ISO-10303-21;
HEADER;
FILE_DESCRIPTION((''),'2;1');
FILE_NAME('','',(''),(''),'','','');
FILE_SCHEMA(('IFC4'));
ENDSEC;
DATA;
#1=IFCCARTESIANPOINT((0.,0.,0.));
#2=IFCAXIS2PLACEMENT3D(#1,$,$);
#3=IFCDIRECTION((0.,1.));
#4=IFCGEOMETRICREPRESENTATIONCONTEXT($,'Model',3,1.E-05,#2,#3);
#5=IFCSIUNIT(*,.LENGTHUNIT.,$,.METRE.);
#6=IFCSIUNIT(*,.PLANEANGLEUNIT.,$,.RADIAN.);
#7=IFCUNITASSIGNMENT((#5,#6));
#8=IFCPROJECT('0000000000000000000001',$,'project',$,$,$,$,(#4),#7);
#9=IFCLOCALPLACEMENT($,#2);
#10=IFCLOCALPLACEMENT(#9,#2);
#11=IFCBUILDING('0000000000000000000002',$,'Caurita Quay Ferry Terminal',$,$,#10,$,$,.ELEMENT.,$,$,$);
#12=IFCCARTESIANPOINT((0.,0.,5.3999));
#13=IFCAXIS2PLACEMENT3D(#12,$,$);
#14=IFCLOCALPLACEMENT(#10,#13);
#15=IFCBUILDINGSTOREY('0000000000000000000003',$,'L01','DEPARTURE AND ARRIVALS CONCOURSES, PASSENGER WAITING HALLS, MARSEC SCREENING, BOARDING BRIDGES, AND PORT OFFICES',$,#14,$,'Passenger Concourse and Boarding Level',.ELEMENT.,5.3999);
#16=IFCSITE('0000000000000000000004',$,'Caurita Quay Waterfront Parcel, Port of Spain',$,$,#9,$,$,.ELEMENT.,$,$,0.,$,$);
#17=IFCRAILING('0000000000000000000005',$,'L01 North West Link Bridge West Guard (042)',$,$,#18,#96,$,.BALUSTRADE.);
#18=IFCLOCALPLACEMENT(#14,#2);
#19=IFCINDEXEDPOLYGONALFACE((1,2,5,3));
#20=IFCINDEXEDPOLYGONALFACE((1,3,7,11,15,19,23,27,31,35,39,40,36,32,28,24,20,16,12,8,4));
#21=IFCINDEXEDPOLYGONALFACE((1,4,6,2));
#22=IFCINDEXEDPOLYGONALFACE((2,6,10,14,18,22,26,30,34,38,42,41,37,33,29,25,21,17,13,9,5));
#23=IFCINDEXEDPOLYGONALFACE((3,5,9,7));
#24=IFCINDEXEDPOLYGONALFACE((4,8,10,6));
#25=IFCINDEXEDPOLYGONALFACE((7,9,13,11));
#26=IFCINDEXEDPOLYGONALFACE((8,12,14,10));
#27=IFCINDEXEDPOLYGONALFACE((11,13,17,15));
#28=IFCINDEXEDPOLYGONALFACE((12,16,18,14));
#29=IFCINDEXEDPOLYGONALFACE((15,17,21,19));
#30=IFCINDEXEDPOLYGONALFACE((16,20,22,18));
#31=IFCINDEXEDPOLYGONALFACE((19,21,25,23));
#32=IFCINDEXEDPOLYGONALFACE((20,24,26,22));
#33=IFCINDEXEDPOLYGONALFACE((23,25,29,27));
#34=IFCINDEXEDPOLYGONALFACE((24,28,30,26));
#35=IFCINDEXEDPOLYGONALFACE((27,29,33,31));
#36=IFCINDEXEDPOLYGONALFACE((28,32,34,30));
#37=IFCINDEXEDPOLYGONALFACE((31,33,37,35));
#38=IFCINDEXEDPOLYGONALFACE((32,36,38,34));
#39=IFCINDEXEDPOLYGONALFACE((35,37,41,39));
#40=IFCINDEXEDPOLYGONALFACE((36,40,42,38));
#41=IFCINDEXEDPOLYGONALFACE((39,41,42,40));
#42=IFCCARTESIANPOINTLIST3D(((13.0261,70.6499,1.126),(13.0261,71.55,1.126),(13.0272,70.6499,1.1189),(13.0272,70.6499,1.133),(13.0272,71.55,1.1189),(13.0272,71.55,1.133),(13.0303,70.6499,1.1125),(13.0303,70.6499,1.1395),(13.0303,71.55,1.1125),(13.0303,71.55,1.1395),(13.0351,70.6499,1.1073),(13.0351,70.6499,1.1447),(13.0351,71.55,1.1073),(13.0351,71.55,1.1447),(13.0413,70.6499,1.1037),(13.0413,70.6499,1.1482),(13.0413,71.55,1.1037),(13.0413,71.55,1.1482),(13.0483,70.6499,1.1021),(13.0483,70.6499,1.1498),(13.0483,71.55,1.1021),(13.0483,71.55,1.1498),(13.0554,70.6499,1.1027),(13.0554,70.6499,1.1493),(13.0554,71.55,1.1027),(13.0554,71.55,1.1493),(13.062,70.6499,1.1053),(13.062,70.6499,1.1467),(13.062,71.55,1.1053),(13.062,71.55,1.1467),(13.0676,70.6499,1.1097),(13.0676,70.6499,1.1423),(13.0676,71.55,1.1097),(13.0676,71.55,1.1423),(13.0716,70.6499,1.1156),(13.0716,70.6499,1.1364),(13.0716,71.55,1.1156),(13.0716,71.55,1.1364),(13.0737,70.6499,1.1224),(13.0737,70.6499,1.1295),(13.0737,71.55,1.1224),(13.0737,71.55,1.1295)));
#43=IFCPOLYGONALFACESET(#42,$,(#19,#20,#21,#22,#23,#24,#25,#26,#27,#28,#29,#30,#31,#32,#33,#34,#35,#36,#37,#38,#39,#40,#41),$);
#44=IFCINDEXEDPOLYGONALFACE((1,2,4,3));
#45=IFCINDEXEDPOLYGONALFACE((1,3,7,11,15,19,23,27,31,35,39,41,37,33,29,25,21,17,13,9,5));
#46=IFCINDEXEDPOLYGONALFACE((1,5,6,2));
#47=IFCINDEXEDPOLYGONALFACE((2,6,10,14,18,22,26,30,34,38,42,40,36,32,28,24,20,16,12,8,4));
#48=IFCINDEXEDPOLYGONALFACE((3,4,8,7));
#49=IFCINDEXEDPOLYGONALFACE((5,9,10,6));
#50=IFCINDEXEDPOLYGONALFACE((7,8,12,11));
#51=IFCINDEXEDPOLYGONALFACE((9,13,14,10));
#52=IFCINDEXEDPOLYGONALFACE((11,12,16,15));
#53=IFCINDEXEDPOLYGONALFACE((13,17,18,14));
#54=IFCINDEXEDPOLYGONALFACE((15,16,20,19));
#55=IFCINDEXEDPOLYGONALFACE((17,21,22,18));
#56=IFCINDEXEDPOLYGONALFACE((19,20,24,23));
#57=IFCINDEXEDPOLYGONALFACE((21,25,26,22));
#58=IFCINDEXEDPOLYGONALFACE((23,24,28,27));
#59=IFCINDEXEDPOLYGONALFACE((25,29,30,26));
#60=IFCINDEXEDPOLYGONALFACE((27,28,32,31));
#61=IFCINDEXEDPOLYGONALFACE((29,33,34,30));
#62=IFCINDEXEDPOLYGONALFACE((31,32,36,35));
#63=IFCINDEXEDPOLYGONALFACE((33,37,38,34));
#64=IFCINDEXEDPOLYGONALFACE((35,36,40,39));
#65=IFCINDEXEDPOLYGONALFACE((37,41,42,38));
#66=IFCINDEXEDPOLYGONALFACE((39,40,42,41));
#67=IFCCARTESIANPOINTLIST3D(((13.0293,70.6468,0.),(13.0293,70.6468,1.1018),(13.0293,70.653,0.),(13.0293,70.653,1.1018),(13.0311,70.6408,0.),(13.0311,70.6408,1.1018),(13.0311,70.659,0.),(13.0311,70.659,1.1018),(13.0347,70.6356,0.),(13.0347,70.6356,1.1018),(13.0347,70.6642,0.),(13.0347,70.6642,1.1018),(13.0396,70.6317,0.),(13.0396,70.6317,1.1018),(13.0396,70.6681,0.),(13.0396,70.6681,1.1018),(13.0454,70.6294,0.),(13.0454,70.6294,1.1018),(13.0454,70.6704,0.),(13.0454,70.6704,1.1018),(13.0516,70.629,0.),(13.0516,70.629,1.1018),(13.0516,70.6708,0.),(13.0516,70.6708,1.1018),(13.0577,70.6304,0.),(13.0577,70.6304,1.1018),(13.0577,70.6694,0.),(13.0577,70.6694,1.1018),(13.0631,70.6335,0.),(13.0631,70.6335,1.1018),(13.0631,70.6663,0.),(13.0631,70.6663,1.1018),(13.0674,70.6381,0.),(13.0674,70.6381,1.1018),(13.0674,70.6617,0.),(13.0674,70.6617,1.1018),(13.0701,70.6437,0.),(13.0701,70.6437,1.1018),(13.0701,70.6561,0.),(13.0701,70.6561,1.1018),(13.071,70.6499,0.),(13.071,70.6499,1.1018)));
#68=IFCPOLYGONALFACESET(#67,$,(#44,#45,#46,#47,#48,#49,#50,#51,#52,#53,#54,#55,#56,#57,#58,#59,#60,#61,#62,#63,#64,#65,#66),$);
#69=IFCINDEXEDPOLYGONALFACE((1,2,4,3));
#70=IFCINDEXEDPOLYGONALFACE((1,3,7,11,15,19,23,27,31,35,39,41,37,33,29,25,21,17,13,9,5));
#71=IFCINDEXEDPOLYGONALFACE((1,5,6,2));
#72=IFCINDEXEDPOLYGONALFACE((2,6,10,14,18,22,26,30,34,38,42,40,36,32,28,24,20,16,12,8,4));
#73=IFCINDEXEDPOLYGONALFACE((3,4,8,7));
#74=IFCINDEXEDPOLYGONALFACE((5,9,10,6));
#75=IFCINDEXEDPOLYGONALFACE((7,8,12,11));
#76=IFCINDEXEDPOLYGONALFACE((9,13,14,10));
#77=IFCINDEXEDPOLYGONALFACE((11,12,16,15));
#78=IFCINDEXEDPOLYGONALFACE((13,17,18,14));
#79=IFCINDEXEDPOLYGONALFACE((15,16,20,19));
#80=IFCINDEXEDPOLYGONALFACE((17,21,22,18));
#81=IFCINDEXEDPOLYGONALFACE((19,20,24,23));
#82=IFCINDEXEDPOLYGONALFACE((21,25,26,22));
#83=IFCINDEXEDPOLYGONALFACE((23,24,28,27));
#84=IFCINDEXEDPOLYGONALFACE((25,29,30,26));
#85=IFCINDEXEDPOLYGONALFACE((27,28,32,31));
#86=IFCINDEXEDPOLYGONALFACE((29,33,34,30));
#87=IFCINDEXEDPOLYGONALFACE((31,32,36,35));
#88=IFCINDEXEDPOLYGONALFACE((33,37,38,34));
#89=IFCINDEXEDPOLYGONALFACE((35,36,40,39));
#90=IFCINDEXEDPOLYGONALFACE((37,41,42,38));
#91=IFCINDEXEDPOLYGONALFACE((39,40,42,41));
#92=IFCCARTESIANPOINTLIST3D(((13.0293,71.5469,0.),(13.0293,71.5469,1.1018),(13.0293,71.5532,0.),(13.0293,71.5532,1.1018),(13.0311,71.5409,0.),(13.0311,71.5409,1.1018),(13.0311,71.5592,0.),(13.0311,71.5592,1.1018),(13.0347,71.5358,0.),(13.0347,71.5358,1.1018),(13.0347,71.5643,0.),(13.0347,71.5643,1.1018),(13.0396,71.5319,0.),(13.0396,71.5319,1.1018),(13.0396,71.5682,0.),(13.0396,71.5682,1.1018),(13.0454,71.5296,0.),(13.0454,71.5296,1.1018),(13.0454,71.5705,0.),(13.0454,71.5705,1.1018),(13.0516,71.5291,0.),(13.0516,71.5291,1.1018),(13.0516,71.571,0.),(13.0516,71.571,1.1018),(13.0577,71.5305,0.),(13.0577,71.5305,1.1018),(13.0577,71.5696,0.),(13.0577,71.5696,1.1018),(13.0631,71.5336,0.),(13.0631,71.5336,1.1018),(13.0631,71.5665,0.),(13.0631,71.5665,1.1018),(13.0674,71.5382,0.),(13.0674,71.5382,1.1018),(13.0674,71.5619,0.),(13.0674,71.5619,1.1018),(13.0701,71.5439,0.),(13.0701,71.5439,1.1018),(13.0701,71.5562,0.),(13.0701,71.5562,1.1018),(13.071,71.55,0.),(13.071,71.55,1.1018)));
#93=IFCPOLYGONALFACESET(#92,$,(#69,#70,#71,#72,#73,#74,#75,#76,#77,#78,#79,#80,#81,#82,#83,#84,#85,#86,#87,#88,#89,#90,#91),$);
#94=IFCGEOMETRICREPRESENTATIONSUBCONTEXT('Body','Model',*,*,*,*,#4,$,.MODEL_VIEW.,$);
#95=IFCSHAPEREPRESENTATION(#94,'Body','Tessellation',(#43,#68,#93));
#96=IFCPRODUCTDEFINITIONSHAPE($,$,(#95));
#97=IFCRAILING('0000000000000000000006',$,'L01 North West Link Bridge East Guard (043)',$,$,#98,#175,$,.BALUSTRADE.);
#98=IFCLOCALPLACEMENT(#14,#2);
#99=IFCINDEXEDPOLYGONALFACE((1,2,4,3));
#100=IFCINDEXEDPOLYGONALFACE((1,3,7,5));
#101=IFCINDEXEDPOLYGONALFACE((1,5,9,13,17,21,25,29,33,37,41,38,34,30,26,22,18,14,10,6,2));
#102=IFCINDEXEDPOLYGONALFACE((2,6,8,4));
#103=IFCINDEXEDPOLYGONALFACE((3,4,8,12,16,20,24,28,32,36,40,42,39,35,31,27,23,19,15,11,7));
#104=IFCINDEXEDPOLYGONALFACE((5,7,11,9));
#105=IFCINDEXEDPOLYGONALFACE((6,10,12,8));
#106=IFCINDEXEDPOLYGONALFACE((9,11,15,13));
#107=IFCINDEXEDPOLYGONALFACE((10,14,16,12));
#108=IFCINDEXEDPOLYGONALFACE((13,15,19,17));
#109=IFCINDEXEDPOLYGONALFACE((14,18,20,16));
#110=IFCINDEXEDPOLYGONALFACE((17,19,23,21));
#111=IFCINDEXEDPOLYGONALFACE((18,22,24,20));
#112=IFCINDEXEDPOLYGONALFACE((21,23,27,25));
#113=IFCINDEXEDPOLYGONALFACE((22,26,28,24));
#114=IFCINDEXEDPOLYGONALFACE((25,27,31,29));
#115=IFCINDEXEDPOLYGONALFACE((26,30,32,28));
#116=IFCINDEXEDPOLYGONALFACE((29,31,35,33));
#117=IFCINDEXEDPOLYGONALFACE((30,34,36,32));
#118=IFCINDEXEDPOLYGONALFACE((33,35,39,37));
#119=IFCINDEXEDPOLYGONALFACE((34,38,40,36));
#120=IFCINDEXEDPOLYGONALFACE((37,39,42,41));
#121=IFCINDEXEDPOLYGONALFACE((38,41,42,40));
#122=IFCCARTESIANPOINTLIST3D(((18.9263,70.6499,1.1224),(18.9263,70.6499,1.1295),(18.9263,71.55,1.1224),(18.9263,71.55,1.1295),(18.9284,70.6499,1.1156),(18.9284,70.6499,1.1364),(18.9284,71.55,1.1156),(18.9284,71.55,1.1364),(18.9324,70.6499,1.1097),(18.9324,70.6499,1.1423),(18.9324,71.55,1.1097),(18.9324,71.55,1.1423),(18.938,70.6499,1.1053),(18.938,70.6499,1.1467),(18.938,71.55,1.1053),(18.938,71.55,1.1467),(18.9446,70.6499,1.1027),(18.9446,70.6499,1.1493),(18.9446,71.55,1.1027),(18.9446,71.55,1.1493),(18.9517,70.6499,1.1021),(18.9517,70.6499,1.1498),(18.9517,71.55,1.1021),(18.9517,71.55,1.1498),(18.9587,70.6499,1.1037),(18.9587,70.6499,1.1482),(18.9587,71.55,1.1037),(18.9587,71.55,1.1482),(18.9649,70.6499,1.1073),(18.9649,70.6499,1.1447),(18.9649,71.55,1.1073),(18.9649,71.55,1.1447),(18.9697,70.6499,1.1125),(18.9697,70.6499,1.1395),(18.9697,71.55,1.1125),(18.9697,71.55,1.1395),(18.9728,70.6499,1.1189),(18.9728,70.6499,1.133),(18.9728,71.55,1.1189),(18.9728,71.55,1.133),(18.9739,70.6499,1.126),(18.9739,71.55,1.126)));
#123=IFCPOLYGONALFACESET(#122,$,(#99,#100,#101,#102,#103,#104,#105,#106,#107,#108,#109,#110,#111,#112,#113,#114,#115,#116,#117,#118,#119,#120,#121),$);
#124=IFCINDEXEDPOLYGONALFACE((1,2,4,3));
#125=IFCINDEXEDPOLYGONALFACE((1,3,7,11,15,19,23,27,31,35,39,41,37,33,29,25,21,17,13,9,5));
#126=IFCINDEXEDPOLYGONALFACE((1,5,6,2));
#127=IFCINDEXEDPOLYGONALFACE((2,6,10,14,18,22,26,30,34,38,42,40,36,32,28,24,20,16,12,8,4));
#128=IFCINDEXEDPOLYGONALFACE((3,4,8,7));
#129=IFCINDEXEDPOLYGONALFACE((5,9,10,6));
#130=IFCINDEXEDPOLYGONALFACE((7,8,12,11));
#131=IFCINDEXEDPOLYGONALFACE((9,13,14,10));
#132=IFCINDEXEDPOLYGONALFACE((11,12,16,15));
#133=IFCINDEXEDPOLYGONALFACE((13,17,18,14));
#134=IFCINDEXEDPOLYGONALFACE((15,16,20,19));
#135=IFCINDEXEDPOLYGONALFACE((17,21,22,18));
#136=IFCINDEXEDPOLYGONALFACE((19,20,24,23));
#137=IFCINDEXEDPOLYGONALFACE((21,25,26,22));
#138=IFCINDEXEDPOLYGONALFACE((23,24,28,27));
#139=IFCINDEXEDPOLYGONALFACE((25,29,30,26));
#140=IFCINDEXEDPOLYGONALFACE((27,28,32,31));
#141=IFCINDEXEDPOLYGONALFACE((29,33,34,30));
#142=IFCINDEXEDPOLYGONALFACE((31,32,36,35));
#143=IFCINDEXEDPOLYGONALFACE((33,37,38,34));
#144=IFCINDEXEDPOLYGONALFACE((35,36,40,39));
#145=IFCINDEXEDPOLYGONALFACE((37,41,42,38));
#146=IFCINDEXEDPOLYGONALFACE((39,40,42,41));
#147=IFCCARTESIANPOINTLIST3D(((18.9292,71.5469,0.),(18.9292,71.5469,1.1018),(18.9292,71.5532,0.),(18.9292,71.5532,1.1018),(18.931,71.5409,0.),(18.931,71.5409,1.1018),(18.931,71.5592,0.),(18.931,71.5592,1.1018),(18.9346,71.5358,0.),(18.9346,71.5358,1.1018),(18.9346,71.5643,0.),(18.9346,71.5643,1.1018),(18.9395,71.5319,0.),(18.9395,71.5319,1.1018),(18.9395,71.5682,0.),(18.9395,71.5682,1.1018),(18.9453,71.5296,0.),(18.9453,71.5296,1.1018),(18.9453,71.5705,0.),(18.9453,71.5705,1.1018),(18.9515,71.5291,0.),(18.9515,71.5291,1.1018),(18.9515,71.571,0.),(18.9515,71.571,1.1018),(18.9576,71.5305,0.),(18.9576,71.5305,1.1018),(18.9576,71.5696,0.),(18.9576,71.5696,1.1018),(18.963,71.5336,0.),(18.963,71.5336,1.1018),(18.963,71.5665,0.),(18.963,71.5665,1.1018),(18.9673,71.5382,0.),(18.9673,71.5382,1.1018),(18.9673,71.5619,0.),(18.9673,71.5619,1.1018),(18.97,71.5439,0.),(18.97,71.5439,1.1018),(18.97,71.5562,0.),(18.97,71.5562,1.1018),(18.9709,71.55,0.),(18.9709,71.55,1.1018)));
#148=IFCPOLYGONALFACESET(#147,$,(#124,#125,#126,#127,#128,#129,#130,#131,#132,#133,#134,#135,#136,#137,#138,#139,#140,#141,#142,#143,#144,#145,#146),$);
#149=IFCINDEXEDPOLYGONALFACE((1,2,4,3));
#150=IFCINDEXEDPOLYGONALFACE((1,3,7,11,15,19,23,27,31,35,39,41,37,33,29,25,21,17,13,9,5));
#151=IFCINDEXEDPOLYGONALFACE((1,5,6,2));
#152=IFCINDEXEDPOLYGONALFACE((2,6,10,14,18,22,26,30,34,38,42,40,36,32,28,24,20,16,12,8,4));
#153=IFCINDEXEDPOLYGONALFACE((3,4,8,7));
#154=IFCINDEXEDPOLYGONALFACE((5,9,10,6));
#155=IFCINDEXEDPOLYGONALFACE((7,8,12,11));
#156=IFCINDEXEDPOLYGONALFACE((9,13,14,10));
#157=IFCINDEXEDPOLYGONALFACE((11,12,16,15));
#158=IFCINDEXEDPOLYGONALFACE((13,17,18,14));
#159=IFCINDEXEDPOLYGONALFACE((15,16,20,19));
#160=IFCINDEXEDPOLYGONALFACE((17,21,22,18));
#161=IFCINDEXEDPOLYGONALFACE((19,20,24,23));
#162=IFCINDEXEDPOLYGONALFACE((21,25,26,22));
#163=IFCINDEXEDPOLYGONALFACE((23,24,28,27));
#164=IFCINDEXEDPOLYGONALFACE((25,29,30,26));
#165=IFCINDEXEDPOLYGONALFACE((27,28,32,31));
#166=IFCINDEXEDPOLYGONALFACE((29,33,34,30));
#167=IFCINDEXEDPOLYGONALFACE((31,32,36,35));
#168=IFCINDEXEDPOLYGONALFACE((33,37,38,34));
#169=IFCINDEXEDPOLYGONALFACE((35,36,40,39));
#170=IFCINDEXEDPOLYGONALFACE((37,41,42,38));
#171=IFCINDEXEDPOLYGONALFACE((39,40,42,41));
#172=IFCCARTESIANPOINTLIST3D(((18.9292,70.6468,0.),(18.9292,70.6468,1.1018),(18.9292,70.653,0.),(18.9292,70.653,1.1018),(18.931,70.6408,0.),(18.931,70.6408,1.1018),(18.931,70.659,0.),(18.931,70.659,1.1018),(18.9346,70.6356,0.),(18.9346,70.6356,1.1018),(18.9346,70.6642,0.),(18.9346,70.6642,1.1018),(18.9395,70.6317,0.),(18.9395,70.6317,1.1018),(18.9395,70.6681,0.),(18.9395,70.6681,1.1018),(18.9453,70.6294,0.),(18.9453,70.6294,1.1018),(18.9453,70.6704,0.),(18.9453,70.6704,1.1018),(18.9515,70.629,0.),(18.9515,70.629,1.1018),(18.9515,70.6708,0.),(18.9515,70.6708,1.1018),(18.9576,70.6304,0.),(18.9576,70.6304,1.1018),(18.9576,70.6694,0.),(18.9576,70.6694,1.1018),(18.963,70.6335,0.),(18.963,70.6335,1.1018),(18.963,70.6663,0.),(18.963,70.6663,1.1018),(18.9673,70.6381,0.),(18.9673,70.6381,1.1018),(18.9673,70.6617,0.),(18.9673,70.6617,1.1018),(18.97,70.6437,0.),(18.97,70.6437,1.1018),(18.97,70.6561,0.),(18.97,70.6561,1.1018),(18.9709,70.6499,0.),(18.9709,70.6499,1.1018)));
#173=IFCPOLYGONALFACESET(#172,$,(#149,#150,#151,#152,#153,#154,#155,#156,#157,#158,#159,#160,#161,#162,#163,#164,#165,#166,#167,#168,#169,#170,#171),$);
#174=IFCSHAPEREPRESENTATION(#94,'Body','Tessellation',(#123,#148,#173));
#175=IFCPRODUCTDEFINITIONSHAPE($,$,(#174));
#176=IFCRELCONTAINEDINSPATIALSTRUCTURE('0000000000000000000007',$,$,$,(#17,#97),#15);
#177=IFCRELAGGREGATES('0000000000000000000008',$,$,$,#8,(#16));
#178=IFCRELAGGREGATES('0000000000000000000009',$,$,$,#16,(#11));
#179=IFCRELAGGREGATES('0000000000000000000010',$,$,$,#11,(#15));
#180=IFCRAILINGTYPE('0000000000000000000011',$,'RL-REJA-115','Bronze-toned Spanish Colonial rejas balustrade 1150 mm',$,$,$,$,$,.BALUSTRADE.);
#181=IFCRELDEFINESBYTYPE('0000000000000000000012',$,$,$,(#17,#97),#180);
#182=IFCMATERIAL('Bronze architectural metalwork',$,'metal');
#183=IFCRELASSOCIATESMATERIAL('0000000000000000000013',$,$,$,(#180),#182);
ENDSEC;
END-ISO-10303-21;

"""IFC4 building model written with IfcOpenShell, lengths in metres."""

from ifc_helpers import new_model, si_unit, direction, frame, origin, origin_2d, place, context, subcontext, project, spatial, circle, extrude, material, type_object, element, save


model = new_model("IFC4")

# Units and contexts
model_context = context("Model", 3, precision=1e-05, world=origin(), true_north=direction((0.0, 1.0)))
body_context = subcontext(model_context, "Body", "Model", "MODEL_VIEW")
ifc_project = project(units=[si_unit("LENGTHUNIT", "METRE"), si_unit("PLANEANGLEUNIT", "RADIAN")], contexts=[model_context])

# Site, building, storey
site_placement = place(None, origin())
site = spatial("IfcSite", under=ifc_project, at=site_placement, Name="Caurita Quay Waterfront Parcel, Port of Spain", CompositionType="ELEMENT", RefElevation=0.0)
building_placement = place(site_placement, origin())
building = spatial("IfcBuilding", under=site, at=building_placement, Name="Caurita Quay Ferry Terminal", CompositionType="ELEMENT")
storey_placement = place(building_placement, frame((0.0, 0.0, 5.3999)))
storey = spatial("IfcBuildingStorey", under=building, at=storey_placement, Name="L01", Description="DEPARTURE AND ARRIVALS CONCOURSES, PASSENGER WAITING HALLS, MARSEC SCREENING, BOARDING BRIDGES, AND PORT OFFICES", LongName="Passenger Concourse and Boarding Level", CompositionType="ELEMENT", Elevation=5.3999)

# Railings
ifc_material_1 = material(Name="Bronze architectural metalwork", Category="metal")
railing_type_1 = type_object("IfcRailingType", Name="RL-REJA-115", Description="Bronze-toned Spanish Colonial rejas balustrade 1150 mm", PredefinedType="BALUSTRADE", material=ifc_material_1)
railing_1_placement = place(storey_placement, frame((13.05, 70.6499, 0.0)))
element("IfcRailing", 1, at=railing_1_placement, inside=storey, type_object=railing_type_1, Name="L01 North West Link Bridge West Guard (042)", PredefinedType="BALUSTRADE", context=body_context, shape_type="SweptSolid", body=[
    extrude(circle(Radius=0.0239, at=origin_2d()), frame((0.0, 0.0, 1.126), z_axis=(0.0, 1.0, 0.0), x_axis=(-1.0, 0.0, 0.0)), (0.0, 0.0, 1.0), 0.9001),
    extrude(circle(Radius=0.021, at=origin_2d()), origin(), (0.0, 0.0, 1.0), 1.1018),
    extrude(circle(Radius=0.021, at=origin_2d()), frame((0.0, 0.9001, 0.0)), (0.0, 0.0, 1.0), 1.1018),
])
railing_2_placement = place(storey_placement, frame((18.95, 71.55, 0.0)))
element("IfcRailing", 2, at=railing_2_placement, inside=storey, type_object=railing_type_1, Name="L01 North West Link Bridge East Guard (043)", PredefinedType="BALUSTRADE", context=body_context, shape_type="SweptSolid", body=[
    extrude(circle(Radius=0.0239, at=origin_2d()), frame((0.0, 0.0, 1.126), z_axis=(0.0, -1.0, 0.0), x_axis=(1.0, 0.0, 0.0)), (0.0, 0.0, 1.0), 0.9001),
    extrude(circle(Radius=0.021, at=origin_2d()), origin(), (0.0, 0.0, 1.0), 1.1018),
    extrude(circle(Radius=0.021, at=origin_2d()), frame((0.0, -0.9001, 0.0)), (0.0, 0.0, 1.0), 1.1018),
])

save(model, "model.ifc")
